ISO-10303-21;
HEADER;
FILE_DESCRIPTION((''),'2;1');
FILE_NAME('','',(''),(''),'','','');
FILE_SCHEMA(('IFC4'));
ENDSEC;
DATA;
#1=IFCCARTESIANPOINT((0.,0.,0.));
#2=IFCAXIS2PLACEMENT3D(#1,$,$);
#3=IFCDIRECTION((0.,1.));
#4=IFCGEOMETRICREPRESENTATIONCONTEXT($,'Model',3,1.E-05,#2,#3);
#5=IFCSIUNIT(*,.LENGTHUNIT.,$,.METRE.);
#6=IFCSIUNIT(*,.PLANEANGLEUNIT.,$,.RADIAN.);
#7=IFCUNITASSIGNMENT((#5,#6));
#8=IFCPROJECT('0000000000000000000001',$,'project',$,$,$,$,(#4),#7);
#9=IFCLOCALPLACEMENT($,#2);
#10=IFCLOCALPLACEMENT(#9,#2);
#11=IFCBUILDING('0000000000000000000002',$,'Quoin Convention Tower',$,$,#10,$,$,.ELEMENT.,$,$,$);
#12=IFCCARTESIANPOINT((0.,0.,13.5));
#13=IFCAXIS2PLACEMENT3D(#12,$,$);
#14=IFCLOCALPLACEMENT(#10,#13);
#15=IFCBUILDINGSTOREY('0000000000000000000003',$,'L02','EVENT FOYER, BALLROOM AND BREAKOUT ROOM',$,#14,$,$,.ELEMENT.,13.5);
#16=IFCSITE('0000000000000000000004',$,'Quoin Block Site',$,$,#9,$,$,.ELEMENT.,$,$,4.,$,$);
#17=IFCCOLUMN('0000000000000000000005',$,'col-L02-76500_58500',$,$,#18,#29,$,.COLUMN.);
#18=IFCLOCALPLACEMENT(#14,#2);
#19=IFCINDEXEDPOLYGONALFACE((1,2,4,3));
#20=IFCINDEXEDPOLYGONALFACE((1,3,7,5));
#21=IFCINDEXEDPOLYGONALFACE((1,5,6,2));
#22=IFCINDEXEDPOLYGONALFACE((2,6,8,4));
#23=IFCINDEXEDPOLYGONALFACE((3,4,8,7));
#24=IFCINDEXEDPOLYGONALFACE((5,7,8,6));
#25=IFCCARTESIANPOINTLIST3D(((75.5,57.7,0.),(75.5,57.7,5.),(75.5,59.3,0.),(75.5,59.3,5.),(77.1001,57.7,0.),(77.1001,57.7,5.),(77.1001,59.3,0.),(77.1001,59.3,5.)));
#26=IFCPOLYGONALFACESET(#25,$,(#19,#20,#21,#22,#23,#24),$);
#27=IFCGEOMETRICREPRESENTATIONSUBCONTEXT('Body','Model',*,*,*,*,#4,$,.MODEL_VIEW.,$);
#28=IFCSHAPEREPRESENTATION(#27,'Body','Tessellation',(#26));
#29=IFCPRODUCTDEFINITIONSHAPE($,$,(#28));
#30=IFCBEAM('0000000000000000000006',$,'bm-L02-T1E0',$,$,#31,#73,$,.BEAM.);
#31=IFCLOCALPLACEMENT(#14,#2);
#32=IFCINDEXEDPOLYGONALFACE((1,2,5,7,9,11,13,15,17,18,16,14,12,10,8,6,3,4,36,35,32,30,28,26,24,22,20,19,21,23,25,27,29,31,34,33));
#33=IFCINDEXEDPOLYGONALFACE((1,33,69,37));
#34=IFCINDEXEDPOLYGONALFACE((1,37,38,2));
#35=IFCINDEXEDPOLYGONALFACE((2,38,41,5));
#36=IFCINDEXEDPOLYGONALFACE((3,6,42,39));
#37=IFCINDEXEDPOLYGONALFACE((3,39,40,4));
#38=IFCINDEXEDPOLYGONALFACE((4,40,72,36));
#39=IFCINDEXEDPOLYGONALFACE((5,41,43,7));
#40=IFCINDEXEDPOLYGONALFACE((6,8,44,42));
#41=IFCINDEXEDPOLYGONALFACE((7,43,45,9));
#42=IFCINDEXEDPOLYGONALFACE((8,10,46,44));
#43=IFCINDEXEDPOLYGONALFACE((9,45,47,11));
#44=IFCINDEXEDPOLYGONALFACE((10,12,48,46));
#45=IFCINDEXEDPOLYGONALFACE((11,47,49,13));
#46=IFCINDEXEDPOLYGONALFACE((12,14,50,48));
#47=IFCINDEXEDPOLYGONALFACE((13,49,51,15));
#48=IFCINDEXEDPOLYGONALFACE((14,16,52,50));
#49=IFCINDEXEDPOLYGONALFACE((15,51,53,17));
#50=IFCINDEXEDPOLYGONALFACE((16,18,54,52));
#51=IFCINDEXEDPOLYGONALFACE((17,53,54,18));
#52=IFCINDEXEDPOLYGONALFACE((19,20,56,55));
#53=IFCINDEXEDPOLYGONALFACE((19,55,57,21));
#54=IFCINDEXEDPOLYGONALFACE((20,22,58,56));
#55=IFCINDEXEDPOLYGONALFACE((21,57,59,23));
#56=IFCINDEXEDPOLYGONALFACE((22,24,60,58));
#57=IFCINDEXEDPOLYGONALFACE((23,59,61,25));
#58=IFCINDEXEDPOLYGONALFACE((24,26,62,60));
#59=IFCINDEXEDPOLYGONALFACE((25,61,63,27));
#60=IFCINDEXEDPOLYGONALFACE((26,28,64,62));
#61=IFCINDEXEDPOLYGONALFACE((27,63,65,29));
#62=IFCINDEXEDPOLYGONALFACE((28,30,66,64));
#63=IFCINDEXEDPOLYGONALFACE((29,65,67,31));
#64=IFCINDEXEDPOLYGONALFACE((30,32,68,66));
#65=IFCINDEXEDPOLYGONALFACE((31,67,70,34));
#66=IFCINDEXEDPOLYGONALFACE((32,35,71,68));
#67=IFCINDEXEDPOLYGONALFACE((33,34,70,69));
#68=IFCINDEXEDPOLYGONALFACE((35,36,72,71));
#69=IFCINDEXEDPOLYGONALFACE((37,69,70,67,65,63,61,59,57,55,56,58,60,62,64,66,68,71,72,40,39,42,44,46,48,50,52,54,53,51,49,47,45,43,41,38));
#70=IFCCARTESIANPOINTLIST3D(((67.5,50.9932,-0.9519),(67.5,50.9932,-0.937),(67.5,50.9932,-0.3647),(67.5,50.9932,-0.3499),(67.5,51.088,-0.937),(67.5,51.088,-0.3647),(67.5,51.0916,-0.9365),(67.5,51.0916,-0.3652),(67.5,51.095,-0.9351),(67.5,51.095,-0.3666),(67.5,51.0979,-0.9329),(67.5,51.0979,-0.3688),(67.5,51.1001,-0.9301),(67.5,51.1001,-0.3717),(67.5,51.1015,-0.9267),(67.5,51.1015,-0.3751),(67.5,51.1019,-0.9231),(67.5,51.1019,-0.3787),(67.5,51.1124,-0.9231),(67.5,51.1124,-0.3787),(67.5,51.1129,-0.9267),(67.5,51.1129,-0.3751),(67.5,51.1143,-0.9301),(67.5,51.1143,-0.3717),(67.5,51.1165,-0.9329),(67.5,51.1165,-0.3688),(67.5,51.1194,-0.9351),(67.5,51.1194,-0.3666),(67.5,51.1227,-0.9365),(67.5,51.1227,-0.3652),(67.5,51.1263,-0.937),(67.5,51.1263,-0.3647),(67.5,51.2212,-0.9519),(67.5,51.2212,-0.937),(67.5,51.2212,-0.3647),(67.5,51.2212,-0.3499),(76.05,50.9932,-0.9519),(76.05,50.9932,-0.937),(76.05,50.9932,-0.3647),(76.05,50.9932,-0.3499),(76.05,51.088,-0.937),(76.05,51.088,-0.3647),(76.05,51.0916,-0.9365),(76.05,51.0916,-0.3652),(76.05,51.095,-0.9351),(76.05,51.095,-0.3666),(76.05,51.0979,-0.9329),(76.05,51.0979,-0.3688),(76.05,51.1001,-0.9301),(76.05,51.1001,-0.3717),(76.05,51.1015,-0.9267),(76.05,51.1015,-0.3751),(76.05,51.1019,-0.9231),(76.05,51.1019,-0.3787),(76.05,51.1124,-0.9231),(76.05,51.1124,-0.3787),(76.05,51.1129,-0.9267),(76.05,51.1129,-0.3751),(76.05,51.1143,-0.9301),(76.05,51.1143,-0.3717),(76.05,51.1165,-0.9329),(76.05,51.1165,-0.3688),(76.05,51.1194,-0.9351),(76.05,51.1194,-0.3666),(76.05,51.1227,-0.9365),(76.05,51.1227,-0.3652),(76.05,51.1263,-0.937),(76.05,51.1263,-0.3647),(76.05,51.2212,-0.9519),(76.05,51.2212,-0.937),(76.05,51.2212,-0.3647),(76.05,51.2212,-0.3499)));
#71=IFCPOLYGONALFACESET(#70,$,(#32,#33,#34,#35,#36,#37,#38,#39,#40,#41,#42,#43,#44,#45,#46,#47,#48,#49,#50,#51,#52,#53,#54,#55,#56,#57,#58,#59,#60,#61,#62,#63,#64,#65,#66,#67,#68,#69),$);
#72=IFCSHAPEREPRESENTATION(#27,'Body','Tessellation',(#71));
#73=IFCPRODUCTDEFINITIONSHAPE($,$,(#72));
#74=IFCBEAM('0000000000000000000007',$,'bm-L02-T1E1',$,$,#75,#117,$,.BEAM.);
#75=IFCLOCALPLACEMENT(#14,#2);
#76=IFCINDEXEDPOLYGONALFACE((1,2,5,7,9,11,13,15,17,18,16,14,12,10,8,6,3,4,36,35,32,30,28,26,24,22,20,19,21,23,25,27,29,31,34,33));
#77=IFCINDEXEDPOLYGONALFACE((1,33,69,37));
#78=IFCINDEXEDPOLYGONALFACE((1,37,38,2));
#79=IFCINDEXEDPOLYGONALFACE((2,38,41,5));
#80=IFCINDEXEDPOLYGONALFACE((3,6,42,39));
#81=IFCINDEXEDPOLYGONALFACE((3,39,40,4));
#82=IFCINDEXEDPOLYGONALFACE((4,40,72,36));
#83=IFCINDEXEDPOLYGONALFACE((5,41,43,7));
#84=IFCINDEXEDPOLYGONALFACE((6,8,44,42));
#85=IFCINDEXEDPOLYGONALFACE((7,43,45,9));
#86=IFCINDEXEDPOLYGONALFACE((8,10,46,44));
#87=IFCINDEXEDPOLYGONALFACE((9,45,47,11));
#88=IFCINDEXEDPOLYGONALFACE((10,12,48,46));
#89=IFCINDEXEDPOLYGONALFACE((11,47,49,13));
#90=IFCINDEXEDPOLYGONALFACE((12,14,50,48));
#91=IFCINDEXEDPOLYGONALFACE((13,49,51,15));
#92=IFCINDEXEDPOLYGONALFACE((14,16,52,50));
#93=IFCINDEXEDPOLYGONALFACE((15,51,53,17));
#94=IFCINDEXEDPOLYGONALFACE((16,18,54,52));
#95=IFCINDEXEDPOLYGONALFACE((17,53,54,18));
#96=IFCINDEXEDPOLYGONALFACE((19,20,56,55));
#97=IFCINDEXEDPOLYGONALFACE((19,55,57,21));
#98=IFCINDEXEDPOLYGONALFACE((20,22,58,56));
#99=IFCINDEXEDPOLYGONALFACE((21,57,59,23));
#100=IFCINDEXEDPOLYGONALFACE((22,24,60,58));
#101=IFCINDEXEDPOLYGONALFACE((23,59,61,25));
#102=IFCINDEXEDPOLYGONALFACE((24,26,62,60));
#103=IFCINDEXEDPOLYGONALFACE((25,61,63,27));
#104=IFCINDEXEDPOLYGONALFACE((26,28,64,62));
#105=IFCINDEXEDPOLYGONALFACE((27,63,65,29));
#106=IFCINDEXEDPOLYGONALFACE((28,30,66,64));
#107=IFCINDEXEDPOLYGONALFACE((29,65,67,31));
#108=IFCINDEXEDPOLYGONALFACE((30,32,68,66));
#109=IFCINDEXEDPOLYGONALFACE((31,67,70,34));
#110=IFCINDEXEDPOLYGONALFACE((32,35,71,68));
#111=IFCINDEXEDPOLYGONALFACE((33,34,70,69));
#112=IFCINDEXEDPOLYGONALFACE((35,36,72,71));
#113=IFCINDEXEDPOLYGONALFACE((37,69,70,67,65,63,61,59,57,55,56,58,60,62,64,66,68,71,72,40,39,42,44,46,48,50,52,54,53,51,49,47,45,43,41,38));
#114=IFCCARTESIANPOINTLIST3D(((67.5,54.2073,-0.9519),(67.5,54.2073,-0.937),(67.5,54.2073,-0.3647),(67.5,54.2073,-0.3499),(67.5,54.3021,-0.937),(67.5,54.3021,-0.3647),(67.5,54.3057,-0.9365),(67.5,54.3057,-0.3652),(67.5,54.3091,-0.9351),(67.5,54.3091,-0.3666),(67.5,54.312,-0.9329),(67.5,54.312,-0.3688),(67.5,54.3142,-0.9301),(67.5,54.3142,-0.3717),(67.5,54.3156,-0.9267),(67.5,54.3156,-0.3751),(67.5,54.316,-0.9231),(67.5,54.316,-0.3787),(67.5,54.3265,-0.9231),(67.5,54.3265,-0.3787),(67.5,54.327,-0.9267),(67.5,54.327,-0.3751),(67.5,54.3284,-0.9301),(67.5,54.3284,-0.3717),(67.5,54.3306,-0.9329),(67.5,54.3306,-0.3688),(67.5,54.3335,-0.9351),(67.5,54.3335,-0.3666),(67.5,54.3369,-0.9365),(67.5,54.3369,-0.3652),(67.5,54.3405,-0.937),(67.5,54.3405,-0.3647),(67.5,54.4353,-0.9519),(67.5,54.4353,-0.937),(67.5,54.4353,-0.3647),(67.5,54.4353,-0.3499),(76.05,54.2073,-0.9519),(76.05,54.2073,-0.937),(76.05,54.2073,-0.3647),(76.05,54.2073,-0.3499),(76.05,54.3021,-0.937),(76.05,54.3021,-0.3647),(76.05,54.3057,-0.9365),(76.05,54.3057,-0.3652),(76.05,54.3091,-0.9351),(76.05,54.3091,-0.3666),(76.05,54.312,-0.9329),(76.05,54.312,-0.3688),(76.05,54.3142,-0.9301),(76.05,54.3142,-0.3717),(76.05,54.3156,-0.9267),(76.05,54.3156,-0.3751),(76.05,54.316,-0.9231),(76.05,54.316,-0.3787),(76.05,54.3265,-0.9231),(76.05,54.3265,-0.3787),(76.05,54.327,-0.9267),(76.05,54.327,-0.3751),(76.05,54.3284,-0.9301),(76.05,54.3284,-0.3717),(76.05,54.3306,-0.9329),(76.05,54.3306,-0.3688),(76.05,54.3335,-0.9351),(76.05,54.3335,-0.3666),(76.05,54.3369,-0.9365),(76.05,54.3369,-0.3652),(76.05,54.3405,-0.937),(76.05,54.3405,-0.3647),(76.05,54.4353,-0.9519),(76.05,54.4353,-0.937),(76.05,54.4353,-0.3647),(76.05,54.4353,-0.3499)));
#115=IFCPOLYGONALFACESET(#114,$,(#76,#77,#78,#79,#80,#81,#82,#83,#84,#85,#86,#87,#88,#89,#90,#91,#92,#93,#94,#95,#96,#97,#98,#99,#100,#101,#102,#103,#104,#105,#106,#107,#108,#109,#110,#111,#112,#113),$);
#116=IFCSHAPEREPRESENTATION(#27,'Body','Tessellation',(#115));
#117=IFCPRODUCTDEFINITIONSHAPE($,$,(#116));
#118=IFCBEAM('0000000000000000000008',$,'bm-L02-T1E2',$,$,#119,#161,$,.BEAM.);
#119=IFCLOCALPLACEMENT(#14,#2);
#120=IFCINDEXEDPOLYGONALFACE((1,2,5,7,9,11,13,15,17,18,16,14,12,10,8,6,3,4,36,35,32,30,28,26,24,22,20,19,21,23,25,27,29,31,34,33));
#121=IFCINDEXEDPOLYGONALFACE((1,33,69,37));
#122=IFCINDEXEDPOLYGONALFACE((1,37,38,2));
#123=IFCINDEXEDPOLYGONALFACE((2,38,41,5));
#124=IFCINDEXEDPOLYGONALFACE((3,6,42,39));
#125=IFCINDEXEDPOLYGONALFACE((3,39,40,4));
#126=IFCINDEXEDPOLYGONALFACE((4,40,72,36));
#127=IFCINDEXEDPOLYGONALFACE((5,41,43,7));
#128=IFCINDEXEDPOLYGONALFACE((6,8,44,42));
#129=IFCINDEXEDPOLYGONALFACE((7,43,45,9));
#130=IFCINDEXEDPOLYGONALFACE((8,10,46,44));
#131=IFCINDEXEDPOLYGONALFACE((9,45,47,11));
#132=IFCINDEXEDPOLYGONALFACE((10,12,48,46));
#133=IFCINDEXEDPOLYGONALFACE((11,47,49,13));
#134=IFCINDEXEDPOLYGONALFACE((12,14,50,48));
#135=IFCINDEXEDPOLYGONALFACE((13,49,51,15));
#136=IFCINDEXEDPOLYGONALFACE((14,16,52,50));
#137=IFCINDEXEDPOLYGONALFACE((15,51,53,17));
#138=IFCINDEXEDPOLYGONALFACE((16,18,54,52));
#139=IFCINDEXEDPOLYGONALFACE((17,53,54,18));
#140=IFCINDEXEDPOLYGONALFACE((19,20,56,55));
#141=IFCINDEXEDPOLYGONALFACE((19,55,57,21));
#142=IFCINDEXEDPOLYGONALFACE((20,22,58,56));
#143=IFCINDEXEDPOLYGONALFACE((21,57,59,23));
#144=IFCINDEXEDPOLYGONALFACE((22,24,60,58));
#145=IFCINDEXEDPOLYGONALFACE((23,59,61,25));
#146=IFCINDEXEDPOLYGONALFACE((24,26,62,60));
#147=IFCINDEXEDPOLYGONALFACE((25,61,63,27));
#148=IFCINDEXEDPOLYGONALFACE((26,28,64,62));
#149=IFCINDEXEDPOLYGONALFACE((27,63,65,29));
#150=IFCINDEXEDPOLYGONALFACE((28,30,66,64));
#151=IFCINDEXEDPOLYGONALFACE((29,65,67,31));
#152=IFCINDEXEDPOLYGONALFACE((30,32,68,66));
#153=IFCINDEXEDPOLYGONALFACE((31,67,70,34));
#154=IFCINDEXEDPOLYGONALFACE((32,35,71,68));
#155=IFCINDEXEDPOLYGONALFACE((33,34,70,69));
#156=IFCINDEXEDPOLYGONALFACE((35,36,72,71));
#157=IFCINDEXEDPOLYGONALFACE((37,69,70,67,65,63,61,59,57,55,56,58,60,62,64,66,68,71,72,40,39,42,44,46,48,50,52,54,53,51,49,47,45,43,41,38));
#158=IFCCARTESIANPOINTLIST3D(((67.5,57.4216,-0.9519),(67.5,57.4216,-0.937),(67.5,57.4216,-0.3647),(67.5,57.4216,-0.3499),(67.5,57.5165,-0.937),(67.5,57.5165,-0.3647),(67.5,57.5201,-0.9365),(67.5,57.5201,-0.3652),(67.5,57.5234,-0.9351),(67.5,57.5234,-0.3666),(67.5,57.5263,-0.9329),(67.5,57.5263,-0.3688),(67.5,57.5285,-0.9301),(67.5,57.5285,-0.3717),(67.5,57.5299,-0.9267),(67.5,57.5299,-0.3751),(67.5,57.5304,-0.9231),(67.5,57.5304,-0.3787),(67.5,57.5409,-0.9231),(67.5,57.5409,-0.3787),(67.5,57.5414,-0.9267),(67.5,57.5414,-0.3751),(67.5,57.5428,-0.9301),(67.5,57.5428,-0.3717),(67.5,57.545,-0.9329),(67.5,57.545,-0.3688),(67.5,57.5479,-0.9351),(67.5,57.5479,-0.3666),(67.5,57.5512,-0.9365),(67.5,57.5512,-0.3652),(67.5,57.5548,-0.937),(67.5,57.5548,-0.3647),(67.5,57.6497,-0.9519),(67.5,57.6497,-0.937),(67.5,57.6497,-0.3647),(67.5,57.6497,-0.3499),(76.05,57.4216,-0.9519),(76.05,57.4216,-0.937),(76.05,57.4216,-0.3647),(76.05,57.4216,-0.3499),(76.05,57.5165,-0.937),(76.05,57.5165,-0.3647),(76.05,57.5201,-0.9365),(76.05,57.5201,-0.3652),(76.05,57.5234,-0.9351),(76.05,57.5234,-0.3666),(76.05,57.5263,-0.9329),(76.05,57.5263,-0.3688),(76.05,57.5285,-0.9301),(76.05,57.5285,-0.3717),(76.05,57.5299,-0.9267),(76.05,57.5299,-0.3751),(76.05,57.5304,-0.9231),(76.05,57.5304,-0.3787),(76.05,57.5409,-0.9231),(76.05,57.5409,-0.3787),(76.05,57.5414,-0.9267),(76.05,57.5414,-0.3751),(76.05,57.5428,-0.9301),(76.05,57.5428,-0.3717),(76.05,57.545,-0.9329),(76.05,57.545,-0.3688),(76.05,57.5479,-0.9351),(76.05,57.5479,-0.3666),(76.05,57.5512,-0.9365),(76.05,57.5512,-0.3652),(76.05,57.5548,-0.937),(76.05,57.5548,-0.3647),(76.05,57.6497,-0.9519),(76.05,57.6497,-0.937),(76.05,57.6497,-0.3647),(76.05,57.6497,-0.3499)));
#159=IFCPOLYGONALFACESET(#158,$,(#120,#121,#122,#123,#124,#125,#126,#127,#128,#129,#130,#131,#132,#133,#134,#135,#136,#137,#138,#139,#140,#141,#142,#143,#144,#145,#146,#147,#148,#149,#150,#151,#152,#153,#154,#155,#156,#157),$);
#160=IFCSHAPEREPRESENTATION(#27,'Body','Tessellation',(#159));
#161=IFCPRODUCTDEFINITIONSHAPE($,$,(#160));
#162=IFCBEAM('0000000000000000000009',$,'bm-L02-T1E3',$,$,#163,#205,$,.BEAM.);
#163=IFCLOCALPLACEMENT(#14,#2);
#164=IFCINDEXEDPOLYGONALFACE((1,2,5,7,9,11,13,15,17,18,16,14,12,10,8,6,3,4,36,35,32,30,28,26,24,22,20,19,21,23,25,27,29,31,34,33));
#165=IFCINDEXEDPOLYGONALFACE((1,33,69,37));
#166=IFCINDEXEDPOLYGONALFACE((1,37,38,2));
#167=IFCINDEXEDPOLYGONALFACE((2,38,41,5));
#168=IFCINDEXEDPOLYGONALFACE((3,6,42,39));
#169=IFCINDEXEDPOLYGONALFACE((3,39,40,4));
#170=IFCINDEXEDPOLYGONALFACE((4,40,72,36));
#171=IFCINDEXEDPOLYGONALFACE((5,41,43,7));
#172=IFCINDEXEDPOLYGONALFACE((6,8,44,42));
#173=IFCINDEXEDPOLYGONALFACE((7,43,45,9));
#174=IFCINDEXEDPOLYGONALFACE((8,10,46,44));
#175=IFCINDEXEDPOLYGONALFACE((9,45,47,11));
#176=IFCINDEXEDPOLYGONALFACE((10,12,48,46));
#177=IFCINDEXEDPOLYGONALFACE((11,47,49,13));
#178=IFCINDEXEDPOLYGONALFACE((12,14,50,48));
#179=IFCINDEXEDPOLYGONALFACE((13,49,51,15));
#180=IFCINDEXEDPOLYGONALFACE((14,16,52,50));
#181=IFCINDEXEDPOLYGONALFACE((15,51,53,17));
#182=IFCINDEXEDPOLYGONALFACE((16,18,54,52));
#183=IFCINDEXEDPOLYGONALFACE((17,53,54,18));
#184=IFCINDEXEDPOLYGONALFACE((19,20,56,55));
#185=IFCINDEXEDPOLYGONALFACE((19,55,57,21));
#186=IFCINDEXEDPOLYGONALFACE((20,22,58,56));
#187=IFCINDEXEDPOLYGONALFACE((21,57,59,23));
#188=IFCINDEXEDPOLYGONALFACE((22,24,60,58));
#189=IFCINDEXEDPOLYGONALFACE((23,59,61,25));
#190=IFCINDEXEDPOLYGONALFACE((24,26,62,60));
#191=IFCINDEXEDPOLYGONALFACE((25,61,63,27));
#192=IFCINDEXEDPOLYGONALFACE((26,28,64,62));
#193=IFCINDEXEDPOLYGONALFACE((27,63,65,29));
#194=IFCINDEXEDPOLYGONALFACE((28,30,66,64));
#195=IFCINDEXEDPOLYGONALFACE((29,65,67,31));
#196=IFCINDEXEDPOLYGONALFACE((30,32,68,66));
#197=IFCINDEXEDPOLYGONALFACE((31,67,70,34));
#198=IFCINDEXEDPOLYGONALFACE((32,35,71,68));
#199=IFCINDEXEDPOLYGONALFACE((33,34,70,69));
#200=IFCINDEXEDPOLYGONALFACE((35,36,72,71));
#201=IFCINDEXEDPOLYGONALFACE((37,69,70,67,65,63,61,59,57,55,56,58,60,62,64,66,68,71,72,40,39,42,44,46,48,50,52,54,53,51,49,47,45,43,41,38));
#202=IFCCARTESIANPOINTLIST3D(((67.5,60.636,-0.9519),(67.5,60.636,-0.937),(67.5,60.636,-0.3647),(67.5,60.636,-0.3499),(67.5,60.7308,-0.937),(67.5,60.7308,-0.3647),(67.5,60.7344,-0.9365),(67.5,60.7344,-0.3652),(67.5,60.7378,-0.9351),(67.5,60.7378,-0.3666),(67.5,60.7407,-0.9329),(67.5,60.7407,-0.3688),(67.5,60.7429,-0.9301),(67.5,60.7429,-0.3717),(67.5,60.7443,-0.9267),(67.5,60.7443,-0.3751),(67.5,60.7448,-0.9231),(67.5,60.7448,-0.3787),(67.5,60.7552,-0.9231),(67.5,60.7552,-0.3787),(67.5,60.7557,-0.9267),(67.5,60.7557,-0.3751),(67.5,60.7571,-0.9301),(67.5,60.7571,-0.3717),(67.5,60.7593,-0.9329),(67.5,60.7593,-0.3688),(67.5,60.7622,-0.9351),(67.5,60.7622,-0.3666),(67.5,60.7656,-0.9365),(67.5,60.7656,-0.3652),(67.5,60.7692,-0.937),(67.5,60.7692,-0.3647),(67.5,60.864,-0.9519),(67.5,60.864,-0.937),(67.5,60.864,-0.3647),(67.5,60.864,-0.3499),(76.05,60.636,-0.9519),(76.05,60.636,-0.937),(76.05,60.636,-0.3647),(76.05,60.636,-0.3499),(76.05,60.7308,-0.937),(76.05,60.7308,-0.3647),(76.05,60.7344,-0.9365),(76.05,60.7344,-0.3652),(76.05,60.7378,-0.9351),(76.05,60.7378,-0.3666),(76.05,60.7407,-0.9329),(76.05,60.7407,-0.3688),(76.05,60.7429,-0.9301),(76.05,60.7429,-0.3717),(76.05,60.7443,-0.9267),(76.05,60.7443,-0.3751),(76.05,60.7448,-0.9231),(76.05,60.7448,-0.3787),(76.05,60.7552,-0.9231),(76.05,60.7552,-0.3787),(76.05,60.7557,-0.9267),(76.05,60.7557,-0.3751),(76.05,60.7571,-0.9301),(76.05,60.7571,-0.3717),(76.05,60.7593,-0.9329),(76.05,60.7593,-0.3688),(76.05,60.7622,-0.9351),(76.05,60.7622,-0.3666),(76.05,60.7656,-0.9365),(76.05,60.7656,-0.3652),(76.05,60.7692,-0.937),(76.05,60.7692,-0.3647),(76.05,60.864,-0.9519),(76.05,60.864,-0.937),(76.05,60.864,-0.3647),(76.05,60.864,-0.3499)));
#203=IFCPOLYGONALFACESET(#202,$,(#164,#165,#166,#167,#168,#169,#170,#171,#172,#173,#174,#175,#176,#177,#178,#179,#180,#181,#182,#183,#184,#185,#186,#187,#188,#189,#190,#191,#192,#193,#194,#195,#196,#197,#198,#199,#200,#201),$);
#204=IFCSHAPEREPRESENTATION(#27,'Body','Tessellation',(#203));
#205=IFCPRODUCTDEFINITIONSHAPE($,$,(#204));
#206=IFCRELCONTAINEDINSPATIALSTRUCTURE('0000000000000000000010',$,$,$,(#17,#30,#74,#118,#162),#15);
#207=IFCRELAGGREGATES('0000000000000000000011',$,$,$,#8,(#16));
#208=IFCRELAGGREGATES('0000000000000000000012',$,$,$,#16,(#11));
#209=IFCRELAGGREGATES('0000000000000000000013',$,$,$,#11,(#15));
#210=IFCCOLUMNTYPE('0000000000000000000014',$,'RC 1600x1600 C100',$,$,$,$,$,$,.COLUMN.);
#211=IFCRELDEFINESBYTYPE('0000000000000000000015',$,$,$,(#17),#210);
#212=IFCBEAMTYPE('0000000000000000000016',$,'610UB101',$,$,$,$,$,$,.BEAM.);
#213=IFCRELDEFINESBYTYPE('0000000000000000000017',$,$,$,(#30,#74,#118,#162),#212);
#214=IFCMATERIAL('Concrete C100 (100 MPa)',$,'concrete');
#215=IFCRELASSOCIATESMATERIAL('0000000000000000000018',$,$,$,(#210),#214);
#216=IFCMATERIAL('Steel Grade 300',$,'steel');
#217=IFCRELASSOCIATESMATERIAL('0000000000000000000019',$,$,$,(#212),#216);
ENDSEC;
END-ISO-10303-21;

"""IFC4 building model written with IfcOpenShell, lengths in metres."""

from ifc_helpers import new_model, si_unit, direction, frame, origin, origin_2d, place, context, subcontext, project, spatial, rectangle, i_section, extrude, material, material_profile, profile_set, type_object, element, save


model = new_model("IFC4")

# Units and contexts
model_context = context("Model", 3, precision=1e-05, world=origin(), true_north=direction((0.0, 1.0)))
body_context = subcontext(model_context, "Body", "Model", "MODEL_VIEW")
ifc_project = project(units=[si_unit("LENGTHUNIT", "METRE"), si_unit("PLANEANGLEUNIT", "RADIAN")], contexts=[model_context])

# Site, building, storey
site_placement = place(None, origin())
site = spatial("IfcSite", under=ifc_project, at=site_placement, Name="Quoin Block Site", CompositionType="ELEMENT", RefElevation=4.0)
building_placement = place(site_placement, origin())
building = spatial("IfcBuilding", under=site, at=building_placement, Name="Quoin Convention Tower", CompositionType="ELEMENT")
storey_placement = place(building_placement, frame((0.0, 0.0, 13.5)))
storey = spatial("IfcBuildingStorey", under=building, at=storey_placement, Name="L02", Description="EVENT FOYER, BALLROOM AND BREAKOUT ROOM", CompositionType="ELEMENT", Elevation=13.5)

# Column
ifc_material_1 = material(Name="Concrete C100 (100 MPa)", Category="concrete")
ifc_material_profile_1 = material_profile(ifc_material_1, rectangle(XDim=1.6001, YDim=1.6001, at=origin_2d()), Name="RC 1600x1600")
ifc_profile_set_1 = profile_set([ifc_material_profile_1], Name="Concrete C100 (100 MPa)")
column_type = type_object("IfcColumnType", Name="RC 1600x1600 C100", PredefinedType="COLUMN", material=ifc_profile_set_1)
column_placement = place(storey_placement, frame((76.3, 58.5, 0.0), z_axis=(0.0, 0.0, 1.0), x_axis=(1.0, 0.0, 0.0)))
element("IfcColumn", 1, at=column_placement, inside=storey, type_object=column_type, Name="col-L02-76500_58500", PredefinedType="COLUMN", context=body_context, shape_type="SweptSolid", body=[
    extrude(rectangle(XDim=1.6001, YDim=1.6001, at=origin_2d()), origin(), (0.0, 0.0, 1.0), 5.0),
])

# Beams
ifc_material_2 = material(Name="Steel Grade 300", Category="steel")
ifc_material_profile_2 = material_profile(ifc_material_2, i_section(OverallWidth=0.228, OverallDepth=0.6021, WebThickness=0.0105, FlangeThickness=0.0149, FilletRadius=0.0139, at=origin_2d()), Name="610UB101")
ifc_profile_set_2 = profile_set([ifc_material_profile_2], Name="Steel Grade 300")
beam_type_1 = type_object("IfcBeamType", Name="610UB101", PredefinedType="BEAM", material=ifc_profile_set_2)
for number, where, z_axis, x_axis, name in (
    (2, (67.5, 51.1072, -0.6509), (1.0, 0.0, 0.0), (0.0, 1.0, 0.0), "bm-L02-T1E0"),
    (3, (67.5, 54.3213, -0.6509), (1.0, 0.0, 0.0), (0.0, 1.0, 0.0), "bm-L02-T1E1"),
    (4, (67.5, 57.5356, -0.6509), (1.0, 0.0, 0.0), (0.0, 1.0, 0.0), "bm-L02-T1E2"),
    (5, (67.5, 60.75, -0.6509), (1.0, 0.0, 0.0), (0.0, 1.0, 0.0), "bm-L02-T1E3"),
):
    element("IfcBeam", number, at=place(storey_placement, frame(where, z_axis=z_axis, x_axis=x_axis)), inside=storey, type_object=beam_type_1, Name=name, PredefinedType="BEAM", context=body_context, shape_type="SweptSolid", body=[
        extrude(i_section(OverallWidth=0.228, OverallDepth=0.6021, WebThickness=0.0105, FlangeThickness=0.0149, FilletRadius=0.0139, at=origin_2d()), origin(), (0.0, 0.0, 1.0), 8.55),
    ])

save(model, "model.ifc")
